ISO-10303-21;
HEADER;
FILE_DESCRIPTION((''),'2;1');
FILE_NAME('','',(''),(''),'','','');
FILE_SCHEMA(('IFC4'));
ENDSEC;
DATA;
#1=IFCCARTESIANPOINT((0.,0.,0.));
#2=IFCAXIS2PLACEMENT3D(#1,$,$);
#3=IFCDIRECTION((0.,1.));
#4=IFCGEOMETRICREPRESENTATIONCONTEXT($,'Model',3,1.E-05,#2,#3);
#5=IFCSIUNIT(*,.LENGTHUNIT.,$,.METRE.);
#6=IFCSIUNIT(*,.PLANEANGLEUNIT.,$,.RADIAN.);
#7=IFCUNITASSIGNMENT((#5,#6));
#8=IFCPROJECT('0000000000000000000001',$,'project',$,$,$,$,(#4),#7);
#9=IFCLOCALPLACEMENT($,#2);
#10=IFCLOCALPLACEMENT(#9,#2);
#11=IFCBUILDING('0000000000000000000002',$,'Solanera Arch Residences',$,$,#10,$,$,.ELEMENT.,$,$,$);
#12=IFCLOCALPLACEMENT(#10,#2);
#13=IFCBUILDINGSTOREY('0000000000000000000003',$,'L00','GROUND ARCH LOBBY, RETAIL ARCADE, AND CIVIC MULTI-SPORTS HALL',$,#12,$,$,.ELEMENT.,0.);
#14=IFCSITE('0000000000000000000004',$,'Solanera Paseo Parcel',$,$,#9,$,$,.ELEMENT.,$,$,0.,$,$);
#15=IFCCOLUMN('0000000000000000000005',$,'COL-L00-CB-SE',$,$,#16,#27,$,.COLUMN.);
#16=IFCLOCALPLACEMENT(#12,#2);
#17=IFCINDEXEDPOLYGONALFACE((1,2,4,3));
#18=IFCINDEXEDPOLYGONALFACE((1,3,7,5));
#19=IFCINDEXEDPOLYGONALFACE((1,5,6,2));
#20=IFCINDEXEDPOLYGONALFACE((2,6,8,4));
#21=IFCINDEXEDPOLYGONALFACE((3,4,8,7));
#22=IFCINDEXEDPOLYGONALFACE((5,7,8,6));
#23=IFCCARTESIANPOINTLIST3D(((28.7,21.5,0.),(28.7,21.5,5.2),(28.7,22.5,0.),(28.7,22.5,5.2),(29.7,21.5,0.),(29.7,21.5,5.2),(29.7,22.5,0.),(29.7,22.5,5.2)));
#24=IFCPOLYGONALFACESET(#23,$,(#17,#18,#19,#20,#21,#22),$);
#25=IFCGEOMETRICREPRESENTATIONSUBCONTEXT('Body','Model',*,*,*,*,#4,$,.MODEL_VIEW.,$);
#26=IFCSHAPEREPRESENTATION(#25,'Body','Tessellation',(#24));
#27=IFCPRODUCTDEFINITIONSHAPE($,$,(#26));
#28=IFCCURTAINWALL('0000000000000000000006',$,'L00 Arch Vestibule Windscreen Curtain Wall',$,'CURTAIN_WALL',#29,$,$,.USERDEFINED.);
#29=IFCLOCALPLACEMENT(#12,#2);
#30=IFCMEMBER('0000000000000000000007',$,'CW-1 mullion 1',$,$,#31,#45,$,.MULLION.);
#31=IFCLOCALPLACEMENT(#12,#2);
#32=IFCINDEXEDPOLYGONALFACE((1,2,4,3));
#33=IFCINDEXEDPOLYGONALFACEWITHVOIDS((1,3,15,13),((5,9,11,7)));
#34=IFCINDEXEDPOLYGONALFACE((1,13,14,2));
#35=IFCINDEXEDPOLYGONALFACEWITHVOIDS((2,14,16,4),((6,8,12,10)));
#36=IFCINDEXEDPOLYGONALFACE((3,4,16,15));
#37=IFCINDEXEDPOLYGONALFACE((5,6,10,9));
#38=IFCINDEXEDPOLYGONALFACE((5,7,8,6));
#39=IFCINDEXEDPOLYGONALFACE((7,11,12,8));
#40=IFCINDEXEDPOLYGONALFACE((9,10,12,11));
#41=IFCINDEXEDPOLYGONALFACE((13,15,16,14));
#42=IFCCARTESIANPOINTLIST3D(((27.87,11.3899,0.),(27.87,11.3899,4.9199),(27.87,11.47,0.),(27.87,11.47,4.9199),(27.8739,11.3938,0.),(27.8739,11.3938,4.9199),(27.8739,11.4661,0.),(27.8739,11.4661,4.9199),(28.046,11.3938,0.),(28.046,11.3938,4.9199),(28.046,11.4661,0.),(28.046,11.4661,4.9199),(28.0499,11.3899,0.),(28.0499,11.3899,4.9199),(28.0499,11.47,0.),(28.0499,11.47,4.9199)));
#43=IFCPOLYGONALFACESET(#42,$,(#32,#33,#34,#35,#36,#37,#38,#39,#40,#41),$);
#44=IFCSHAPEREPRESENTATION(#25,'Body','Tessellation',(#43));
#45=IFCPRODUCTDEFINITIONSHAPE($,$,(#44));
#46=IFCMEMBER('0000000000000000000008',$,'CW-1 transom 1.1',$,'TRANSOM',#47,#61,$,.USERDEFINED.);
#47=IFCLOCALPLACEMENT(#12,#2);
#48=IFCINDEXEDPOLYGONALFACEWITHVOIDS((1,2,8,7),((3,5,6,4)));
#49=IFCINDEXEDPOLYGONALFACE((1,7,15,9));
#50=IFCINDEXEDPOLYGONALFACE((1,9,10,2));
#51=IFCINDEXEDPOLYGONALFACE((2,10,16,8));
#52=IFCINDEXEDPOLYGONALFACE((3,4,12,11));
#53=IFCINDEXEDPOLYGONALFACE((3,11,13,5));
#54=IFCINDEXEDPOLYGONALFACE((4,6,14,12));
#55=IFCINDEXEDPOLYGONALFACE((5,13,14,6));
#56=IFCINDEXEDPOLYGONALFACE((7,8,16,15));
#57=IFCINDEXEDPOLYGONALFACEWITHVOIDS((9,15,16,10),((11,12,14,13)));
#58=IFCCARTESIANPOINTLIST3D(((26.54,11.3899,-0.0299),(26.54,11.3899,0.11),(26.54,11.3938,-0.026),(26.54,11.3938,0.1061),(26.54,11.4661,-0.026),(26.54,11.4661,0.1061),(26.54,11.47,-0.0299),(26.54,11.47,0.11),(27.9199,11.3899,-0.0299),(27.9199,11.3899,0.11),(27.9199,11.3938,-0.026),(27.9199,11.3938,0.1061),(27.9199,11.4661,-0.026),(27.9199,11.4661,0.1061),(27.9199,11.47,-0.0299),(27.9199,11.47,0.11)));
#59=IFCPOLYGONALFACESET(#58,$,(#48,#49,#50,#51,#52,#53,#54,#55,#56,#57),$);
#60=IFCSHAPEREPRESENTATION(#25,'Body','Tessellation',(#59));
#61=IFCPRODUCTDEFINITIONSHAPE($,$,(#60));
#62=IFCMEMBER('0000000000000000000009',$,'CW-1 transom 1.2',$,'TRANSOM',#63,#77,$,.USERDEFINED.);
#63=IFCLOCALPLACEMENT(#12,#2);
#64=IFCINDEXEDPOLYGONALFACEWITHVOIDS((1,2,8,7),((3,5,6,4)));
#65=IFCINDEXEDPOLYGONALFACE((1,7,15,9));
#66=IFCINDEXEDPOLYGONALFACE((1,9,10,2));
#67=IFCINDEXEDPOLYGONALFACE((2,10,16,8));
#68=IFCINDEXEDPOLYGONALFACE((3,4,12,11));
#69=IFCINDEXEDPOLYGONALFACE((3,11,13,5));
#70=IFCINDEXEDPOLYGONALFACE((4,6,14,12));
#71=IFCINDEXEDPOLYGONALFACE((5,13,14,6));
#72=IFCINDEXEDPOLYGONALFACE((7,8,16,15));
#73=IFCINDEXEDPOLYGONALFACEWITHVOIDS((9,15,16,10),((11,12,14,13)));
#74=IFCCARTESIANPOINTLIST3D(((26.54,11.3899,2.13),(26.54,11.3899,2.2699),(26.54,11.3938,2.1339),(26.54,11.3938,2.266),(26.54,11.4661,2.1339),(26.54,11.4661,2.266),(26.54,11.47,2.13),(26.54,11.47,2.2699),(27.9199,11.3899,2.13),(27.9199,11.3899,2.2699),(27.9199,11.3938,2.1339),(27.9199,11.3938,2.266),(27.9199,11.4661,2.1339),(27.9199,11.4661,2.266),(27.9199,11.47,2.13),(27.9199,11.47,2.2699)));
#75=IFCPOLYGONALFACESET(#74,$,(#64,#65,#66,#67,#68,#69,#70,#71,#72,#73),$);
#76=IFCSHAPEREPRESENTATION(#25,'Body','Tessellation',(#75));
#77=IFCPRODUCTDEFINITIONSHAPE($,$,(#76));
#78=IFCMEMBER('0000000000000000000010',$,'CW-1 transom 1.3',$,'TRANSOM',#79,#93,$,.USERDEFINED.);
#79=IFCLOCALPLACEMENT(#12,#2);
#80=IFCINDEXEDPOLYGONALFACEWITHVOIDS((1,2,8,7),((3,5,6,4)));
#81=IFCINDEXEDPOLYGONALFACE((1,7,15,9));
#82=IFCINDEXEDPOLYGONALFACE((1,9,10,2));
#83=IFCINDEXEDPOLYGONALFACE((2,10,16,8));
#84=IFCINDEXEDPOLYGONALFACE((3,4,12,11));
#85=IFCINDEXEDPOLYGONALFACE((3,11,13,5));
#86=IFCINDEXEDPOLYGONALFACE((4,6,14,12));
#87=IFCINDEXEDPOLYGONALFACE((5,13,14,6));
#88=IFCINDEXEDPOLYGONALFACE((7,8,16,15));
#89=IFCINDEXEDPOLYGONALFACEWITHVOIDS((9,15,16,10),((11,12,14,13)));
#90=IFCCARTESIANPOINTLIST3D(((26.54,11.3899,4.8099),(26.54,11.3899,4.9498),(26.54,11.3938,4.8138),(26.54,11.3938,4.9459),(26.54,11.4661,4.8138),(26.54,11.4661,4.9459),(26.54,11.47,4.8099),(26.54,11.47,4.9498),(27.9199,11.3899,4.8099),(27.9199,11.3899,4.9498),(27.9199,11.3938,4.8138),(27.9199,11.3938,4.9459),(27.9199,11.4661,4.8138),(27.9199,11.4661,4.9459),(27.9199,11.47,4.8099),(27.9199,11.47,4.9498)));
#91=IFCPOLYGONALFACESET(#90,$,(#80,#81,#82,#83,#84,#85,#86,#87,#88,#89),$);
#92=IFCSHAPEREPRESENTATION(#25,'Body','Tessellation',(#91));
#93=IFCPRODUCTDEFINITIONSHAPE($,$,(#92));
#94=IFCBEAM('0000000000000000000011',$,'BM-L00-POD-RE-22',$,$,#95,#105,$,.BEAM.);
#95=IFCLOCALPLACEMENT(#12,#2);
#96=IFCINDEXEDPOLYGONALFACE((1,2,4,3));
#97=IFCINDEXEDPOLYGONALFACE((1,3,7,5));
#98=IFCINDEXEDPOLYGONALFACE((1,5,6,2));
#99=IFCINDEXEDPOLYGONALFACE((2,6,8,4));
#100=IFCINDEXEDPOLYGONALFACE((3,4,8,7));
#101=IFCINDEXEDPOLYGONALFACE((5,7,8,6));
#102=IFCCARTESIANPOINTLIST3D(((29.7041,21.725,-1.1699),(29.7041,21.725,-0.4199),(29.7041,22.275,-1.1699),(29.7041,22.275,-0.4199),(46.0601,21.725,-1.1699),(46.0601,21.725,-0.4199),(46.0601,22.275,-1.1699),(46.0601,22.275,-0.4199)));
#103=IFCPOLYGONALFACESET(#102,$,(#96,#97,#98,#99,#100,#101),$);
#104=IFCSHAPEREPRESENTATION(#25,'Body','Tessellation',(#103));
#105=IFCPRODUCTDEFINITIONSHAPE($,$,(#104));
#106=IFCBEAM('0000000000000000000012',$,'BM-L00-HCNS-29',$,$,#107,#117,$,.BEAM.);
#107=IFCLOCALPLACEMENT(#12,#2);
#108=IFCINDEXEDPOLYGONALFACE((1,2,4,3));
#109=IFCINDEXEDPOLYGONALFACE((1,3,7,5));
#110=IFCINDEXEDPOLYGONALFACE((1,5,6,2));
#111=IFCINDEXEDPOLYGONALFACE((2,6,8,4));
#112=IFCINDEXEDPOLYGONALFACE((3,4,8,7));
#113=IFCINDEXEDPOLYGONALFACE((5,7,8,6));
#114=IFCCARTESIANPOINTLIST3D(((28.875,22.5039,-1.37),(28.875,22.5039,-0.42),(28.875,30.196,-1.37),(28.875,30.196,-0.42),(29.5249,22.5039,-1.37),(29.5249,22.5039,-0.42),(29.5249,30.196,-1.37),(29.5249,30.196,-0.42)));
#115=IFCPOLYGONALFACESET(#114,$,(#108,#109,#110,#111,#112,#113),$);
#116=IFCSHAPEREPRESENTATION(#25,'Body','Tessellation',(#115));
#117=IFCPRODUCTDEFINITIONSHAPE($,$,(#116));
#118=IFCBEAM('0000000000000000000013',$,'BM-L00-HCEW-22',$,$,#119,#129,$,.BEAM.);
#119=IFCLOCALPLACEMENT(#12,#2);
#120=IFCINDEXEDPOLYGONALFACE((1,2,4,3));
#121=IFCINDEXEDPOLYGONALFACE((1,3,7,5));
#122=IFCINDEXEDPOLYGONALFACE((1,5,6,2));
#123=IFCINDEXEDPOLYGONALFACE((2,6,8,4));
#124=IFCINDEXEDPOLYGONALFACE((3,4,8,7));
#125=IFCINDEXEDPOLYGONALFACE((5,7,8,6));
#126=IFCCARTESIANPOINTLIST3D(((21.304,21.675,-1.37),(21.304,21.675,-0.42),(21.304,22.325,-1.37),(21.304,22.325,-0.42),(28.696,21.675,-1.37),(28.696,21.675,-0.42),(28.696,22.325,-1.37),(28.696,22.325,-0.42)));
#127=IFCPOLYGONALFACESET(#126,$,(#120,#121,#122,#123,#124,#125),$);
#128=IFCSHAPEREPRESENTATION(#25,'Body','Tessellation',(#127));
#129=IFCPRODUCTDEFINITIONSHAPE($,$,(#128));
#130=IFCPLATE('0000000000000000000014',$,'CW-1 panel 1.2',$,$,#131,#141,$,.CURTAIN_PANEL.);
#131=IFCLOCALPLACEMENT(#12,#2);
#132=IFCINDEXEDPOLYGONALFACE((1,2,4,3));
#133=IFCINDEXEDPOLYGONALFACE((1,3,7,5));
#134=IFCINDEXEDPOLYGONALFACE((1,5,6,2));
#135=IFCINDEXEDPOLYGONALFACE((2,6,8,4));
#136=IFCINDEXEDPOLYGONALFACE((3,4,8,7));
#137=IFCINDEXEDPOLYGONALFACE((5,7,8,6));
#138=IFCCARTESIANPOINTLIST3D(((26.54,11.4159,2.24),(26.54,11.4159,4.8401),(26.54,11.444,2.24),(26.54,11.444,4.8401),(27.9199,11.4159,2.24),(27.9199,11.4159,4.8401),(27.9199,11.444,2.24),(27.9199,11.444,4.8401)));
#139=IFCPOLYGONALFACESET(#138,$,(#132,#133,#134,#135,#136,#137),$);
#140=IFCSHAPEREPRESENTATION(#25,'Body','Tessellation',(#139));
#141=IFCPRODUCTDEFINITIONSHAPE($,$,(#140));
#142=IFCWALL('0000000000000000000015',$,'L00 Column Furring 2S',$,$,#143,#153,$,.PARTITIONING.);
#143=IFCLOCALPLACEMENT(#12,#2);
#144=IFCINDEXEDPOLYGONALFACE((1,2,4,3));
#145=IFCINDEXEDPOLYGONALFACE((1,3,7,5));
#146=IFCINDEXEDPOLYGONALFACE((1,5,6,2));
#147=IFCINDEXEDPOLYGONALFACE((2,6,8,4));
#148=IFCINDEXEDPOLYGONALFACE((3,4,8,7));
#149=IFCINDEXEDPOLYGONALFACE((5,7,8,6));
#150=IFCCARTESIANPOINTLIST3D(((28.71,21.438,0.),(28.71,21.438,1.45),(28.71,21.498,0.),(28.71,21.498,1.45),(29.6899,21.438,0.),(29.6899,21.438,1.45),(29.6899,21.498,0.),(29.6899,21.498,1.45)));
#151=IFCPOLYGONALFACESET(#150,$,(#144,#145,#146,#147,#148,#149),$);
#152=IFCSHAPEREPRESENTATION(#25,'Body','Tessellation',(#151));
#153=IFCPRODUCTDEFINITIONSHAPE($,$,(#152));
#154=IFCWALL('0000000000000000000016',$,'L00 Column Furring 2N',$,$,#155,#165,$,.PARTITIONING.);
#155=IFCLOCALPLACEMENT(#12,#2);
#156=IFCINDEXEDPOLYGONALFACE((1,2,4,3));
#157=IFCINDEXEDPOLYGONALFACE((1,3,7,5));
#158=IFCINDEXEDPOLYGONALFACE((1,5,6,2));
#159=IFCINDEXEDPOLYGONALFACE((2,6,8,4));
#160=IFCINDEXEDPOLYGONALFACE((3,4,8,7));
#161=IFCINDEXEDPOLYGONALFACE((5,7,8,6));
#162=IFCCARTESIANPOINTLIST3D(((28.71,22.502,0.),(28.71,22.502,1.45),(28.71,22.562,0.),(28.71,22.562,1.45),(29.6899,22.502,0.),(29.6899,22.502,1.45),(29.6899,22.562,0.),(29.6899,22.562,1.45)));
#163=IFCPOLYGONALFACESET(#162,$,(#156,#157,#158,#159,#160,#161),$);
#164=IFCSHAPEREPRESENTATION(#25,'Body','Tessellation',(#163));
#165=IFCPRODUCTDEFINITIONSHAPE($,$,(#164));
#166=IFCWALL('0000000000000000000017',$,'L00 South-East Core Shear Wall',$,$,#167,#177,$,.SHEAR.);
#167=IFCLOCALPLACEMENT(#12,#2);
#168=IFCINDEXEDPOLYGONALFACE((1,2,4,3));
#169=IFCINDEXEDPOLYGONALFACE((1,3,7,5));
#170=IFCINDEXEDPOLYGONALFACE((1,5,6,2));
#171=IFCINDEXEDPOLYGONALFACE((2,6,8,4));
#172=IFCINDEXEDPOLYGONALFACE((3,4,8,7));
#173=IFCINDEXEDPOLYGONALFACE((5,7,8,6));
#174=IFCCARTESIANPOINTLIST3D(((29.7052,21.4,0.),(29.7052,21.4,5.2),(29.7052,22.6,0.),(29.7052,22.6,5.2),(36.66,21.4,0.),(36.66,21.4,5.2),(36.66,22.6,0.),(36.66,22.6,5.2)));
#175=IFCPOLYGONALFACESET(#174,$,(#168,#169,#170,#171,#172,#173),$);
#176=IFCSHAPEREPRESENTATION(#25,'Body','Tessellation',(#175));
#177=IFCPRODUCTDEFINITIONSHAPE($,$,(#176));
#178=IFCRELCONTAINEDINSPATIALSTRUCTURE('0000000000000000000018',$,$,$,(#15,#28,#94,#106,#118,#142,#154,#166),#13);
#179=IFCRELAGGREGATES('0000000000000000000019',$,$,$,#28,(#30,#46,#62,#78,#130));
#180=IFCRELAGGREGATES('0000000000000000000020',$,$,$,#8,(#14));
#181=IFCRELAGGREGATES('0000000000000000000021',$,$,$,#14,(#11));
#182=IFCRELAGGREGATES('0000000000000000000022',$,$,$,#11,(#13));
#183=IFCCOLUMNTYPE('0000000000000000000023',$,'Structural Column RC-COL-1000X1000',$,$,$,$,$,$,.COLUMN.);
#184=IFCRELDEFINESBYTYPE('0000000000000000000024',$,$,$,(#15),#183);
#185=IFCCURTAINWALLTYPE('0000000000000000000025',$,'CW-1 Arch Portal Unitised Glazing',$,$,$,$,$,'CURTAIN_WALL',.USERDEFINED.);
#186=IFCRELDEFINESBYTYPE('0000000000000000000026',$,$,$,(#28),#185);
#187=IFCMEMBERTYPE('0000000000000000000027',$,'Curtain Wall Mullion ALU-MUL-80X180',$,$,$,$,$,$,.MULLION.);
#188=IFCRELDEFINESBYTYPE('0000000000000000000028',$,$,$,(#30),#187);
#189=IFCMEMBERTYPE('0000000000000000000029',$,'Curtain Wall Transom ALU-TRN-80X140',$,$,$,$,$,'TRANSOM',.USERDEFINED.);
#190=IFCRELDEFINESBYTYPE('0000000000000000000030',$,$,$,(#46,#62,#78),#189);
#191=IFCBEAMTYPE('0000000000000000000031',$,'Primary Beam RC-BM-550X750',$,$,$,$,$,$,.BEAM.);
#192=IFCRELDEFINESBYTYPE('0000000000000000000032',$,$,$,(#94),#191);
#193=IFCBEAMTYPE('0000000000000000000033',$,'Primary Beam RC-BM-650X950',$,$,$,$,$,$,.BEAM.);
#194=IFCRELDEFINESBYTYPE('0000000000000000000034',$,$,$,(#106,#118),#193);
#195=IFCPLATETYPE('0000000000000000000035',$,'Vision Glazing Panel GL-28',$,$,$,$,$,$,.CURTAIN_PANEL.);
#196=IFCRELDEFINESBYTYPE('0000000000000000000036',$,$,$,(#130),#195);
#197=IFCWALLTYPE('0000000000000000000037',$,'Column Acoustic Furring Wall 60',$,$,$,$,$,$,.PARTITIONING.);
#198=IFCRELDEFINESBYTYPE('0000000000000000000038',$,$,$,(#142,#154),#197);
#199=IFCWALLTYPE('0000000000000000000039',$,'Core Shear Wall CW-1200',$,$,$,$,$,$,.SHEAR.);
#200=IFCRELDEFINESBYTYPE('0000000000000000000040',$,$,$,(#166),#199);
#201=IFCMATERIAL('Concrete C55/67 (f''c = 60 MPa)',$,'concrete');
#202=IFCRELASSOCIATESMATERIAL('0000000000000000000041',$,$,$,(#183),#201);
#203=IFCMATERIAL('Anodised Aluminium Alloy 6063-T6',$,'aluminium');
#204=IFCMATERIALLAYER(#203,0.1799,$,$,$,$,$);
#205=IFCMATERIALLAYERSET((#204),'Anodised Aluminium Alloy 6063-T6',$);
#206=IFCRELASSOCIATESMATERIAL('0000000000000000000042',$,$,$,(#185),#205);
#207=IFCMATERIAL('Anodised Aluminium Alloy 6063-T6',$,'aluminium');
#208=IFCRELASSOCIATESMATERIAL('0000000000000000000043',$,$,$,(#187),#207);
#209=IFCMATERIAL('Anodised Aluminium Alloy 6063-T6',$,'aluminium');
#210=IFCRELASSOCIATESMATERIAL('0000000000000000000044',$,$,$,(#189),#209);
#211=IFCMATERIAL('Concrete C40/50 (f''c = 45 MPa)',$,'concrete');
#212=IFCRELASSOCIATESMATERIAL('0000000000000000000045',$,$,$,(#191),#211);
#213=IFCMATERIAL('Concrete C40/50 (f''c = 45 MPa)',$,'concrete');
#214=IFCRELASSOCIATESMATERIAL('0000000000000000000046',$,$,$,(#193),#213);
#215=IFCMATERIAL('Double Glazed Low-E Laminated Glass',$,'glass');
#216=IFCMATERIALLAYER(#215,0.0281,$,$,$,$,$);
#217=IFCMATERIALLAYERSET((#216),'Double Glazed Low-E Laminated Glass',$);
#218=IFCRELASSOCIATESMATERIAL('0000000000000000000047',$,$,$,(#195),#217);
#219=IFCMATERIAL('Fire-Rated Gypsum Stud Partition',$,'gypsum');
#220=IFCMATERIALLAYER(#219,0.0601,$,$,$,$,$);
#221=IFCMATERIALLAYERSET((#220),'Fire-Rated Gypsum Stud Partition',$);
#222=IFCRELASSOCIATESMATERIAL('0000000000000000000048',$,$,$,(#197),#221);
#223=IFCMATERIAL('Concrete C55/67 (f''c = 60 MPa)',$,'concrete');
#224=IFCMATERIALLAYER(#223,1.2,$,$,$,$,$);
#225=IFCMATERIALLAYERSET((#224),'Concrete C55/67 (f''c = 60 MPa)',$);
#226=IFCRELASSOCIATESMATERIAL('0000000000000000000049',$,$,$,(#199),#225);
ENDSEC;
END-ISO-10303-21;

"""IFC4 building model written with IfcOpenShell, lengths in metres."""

from ifc_helpers import new_model, si_unit, direction, frame, frame_2d, origin, origin_2d, place, context, subcontext, project, spatial, rectangle, hollow_rectangle, extrude, material, layer, layer_set, material_profile, profile_set, type_object, element, aggregate, save


model = new_model("IFC4")

# Units and contexts
model_context = context("Model", 3, precision=1e-05, world=origin(), true_north=direction((0.0, 1.0)))
body_context = subcontext(model_context, "Body", "Model", "MODEL_VIEW")
ifc_project = project(units=[si_unit("LENGTHUNIT", "METRE"), si_unit("PLANEANGLEUNIT", "RADIAN")], contexts=[model_context])

# Site, building, storey
site_placement = place(None, origin())
site = spatial("IfcSite", under=ifc_project, at=site_placement, Name="Solanera Paseo Parcel", CompositionType="ELEMENT", RefElevation=0.0)
building_placement = place(site_placement, origin())
building = spatial("IfcBuilding", under=site, at=building_placement, Name="Solanera Arch Residences", CompositionType="ELEMENT")
storey_placement = place(building_placement, origin())
storey = spatial("IfcBuildingStorey", under=building, at=storey_placement, Name="L00", Description="GROUND ARCH LOBBY, RETAIL ARCADE, AND CIVIC MULTI-SPORTS HALL", CompositionType="ELEMENT", Elevation=0.0)

# Column
ifc_material_1 = material(Name="Concrete C55/67 (f'c = 60 MPa)", Category="concrete")
ifc_material_profile_1 = material_profile(ifc_material_1, rectangle(XDim=1.0, YDim=1.0, at=origin_2d()))
ifc_profile_set_1 = profile_set([ifc_material_profile_1], Name="Concrete C55/67 (f'c = 60 MPa)")
column_type = type_object("IfcColumnType", Name="Structural Column RC-COL-1000X1000", PredefinedType="COLUMN", material=ifc_profile_set_1)
column_placement = place(storey_placement, frame((29.2, 22.0, 0.0), z_axis=(0.0, 0.0, 1.0), x_axis=(1.0, 0.0, 0.0)))
element("IfcColumn", 1, at=column_placement, inside=storey, type_object=column_type, Name="COL-L00-CB-SE", PredefinedType="COLUMN", context=body_context, shape_type="SweptSolid", body=[
    extrude(rectangle(XDim=1.0, YDim=1.0, at=origin_2d()), origin(), (0.0, 0.0, 1.0), 5.2),
])

# Curtain wall, members
ifc_material_2 = material(Name="Anodised Aluminium Alloy 6063-T6", Category="aluminium")
ifc_layer_1 = layer(ifc_material_2, 0.1799)
ifc_layer_set_1 = layer_set([ifc_layer_1], Name="Anodised Aluminium Alloy 6063-T6")
curtain_wall_type = type_object("IfcCurtainWallType", Name="CW-1 Arch Portal Unitised Glazing", ElementType="CURTAIN_WALL", PredefinedType="USERDEFINED", material=ifc_layer_set_1)
curtain_wall_placement = place(storey_placement, origin())
curtain_wall = element("IfcCurtainWall", 2, at=curtain_wall_placement, inside=storey, type_object=curtain_wall_type, Name="L00 Arch Vestibule Windscreen Curtain Wall", ObjectType="CURTAIN_WALL", PredefinedType="USERDEFINED")
ifc_material_3 = material(Name="Anodised Aluminium Alloy 6063-T6", Category="aluminium")
ifc_material_profile_2 = material_profile(ifc_material_3, hollow_rectangle(XDim=0.0801, YDim=0.1799, WallThickness=0.0039, at=origin_2d()))
ifc_profile_set_2 = profile_set([ifc_material_profile_2], Name="Anodised Aluminium Alloy 6063-T6")
member_type_1 = type_object("IfcMemberType", Name="Curtain Wall Mullion ALU-MUL-80X180", PredefinedType="MULLION", material=ifc_profile_set_2)
member_1_placement = place(storey_placement, frame((27.96, 11.4299, 0.0), z_axis=(0.0, 0.0, 1.0), x_axis=(0.0, -1.0, 0.0)))
member_1 = element("IfcMember", 3, at=member_1_placement, type_object=member_type_1, Name="CW-1 mullion 1", PredefinedType="MULLION", context=body_context, shape_type="SweptSolid", body=[
    extrude(hollow_rectangle(XDim=0.0801, YDim=0.1799, WallThickness=0.0039, at=origin_2d()), origin(), (0.0, 0.0, 1.0), 4.9199),
])
ifc_material_4 = material(Name="Anodised Aluminium Alloy 6063-T6", Category="aluminium")
ifc_material_profile_3 = material_profile(ifc_material_4, hollow_rectangle(XDim=0.0801, YDim=0.1399, WallThickness=0.0039, at=origin_2d()))
ifc_profile_set_3 = profile_set([ifc_material_profile_3], Name="Anodised Aluminium Alloy 6063-T6")
member_type_2 = type_object("IfcMemberType", Name="Curtain Wall Transom ALU-TRN-80X140", ElementType="TRANSOM", PredefinedType="USERDEFINED", material=ifc_profile_set_3)
member_2_placement = place(storey_placement, frame((27.9199, 11.4299, 0.04), z_axis=(-1.0, 0.0, 0.0), x_axis=(0.0, -1.0, 0.0)))
member_2 = element("IfcMember", 4, at=member_2_placement, type_object=member_type_2, Name="CW-1 transom 1.1", ObjectType="TRANSOM", PredefinedType="USERDEFINED", context=body_context, shape_type="SweptSolid", body=[
    extrude(hollow_rectangle(XDim=0.0801, YDim=0.1399, WallThickness=0.0039, at=origin_2d()), origin(), (0.0, 0.0, 1.0), 1.3799),
])
member_3_placement = place(storey_placement, frame((27.9199, 11.4299, 2.2), z_axis=(-1.0, 0.0, 0.0), x_axis=(0.0, -1.0, 0.0)))
member_3 = element("IfcMember", 5, at=member_3_placement, type_object=member_type_2, Name="CW-1 transom 1.2", ObjectType="TRANSOM", PredefinedType="USERDEFINED", context=body_context, shape_type="SweptSolid", body=[
    extrude(hollow_rectangle(XDim=0.0801, YDim=0.1399, WallThickness=0.0039, at=origin_2d()), origin(), (0.0, 0.0, 1.0), 1.3799),
])
member_4_placement = place(storey_placement, frame((27.9199, 11.4299, 4.8799), z_axis=(-1.0, 0.0, 0.0), x_axis=(0.0, -1.0, 0.0)))
member_4 = element("IfcMember", 6, at=member_4_placement, type_object=member_type_2, Name="CW-1 transom 1.3", ObjectType="TRANSOM", PredefinedType="USERDEFINED", context=body_context, shape_type="SweptSolid", body=[
    extrude(hollow_rectangle(XDim=0.0801, YDim=0.1399, WallThickness=0.0039, at=origin_2d()), origin(), (0.0, 0.0, 1.0), 1.3799),
])

# Beams
ifc_material_5 = material(Name="Concrete C40/50 (f'c = 45 MPa)", Category="concrete")
ifc_material_profile_4 = material_profile(ifc_material_5, rectangle(XDim=0.55, YDim=0.75, at=origin_2d()))
ifc_profile_set_4 = profile_set([ifc_material_profile_4], Name="Concrete C40/50 (f'c = 45 MPa)")
beam_type_1 = type_object("IfcBeamType", Name="Primary Beam RC-BM-550X750", PredefinedType="BEAM", material=ifc_profile_set_4)
beam_1_placement = place(storey_placement, frame((29.7041, 22.0, -0.7949), z_axis=(1.0, 0.0, 0.0), x_axis=(0.0, 1.0, 0.0)))
element("IfcBeam", 7, at=beam_1_placement, inside=storey, type_object=beam_type_1, Name="BM-L00-POD-RE-22", PredefinedType="BEAM", context=body_context, shape_type="SweptSolid", body=[
    extrude(rectangle(XDim=0.55, YDim=0.75, at=origin_2d()), origin(), (0.0, 0.0, 1.0), 16.356),
])
ifc_material_6 = material(Name="Concrete C40/50 (f'c = 45 MPa)", Category="concrete")
ifc_material_profile_5 = material_profile(ifc_material_6, rectangle(XDim=0.6499, YDim=0.95, at=origin_2d()))
ifc_profile_set_5 = profile_set([ifc_material_profile_5], Name="Concrete C40/50 (f'c = 45 MPa)")
beam_type_2 = type_object("IfcBeamType", Name="Primary Beam RC-BM-650X950", PredefinedType="BEAM", material=ifc_profile_set_5)
beam_2_placement = place(storey_placement, frame((29.2, 22.5039, -0.895), z_axis=(0.0, 1.0, 0.0), x_axis=(-1.0, 0.0, 0.0)))
element("IfcBeam", 8, at=beam_2_placement, inside=storey, type_object=beam_type_2, Name="BM-L00-HCNS-29", PredefinedType="BEAM", context=body_context, shape_type="SweptSolid", body=[
    extrude(rectangle(XDim=0.6499, YDim=0.95, at=origin_2d()), origin(), (0.0, 0.0, 1.0), 7.6921),
])
beam_3_placement = place(storey_placement, frame((21.304, 22.0, -0.895), z_axis=(1.0, 0.0, 0.0), x_axis=(0.0, 1.0, 0.0)))
element("IfcBeam", 9, at=beam_3_placement, inside=storey, type_object=beam_type_2, Name="BM-L00-HCEW-22", PredefinedType="BEAM", context=body_context, shape_type="SweptSolid", body=[
    extrude(rectangle(XDim=0.6499, YDim=0.95, at=origin_2d()), origin(), (0.0, 0.0, 1.0), 7.3921),
])

# Plate
ifc_material_7 = material(Name="Double Glazed Low-E Laminated Glass", Category="glass")
ifc_layer_2 = layer(ifc_material_7, 0.0281)
ifc_layer_set_2 = layer_set([ifc_layer_2], Name="Double Glazed Low-E Laminated Glass")
plate_type = type_object("IfcPlateType", Name="Vision Glazing Panel GL-28", PredefinedType="CURTAIN_PANEL", material=ifc_layer_set_2)
plate_placement = place(storey_placement, frame((27.23, 11.4299, 2.24), z_axis=(0.0, 0.0, 1.0), x_axis=(-1.0, 0.0, 0.0)))
plate = element("IfcPlate", 10, at=plate_placement, type_object=plate_type, Name="CW-1 panel 1.2", PredefinedType="CURTAIN_PANEL", context=body_context, shape_type="SweptSolid", body=[
    extrude(rectangle(XDim=1.3799, YDim=0.0281, at=origin_2d()), origin(), (0.0, 0.0, 1.0), 2.6001),
])
aggregate(curtain_wall, [member_1, member_2, member_3, member_4, plate])

# Walls
ifc_material_8 = material(Name="Fire-Rated Gypsum Stud Partition", Category="gypsum")
ifc_layer_3 = layer(ifc_material_8, 0.0601)
ifc_layer_set_3 = layer_set([ifc_layer_3], Name="Fire-Rated Gypsum Stud Partition")
wall_type_1 = type_object("IfcWallType", Name="Column Acoustic Furring Wall 60", PredefinedType="PARTITIONING", material=ifc_layer_set_3)
for number, where, z_axis, x_axis, name in (
    (11, (28.71, 21.468, 0.0), (0.0, 0.0, 1.0), (1.0, 0.0, 0.0), "L00 Column Furring 2S"),
    (12, (28.71, 22.532, 0.0), (0.0, 0.0, 1.0), (1.0, 0.0, 0.0), "L00 Column Furring 2N"),
):
    element("IfcWall", number, at=place(storey_placement, frame(where, z_axis=z_axis, x_axis=x_axis)), inside=storey, type_object=wall_type_1, Name=name, PredefinedType="PARTITIONING", context=body_context, shape_type="SweptSolid", body=[
        extrude(rectangle(XDim=0.98, YDim=0.0601, at=frame_2d((0.49, 0.0))), origin(), (0.0, 0.0, 1.0), 1.45),
    ])
ifc_material_9 = material(Name="Concrete C55/67 (f'c = 60 MPa)", Category="concrete")
ifc_layer_4 = layer(ifc_material_9, 1.2)
ifc_layer_set_4 = layer_set([ifc_layer_4], Name="Concrete C55/67 (f'c = 60 MPa)")
wall_type_2 = type_object("IfcWallType", Name="Core Shear Wall CW-1200", PredefinedType="SHEAR", material=ifc_layer_set_4)
wall_1_placement = place(storey_placement, frame((29.7051, 22.0, 0.0), z_axis=(0.0, 0.0, 1.0), x_axis=(1.0, 0.0, 0.0)))
element("IfcWall", 13, at=wall_1_placement, inside=storey, type_object=wall_type_2, Name="L00 South-East Core Shear Wall", PredefinedType="SHEAR", context=body_context, shape_type="SweptSolid", body=[
    extrude(rectangle(XDim=6.9548, YDim=1.2, at=frame_2d((3.4775, 0.0))), origin(), (0.0, 0.0, 1.0), 5.2),
])

save(model, "model.ifc")
